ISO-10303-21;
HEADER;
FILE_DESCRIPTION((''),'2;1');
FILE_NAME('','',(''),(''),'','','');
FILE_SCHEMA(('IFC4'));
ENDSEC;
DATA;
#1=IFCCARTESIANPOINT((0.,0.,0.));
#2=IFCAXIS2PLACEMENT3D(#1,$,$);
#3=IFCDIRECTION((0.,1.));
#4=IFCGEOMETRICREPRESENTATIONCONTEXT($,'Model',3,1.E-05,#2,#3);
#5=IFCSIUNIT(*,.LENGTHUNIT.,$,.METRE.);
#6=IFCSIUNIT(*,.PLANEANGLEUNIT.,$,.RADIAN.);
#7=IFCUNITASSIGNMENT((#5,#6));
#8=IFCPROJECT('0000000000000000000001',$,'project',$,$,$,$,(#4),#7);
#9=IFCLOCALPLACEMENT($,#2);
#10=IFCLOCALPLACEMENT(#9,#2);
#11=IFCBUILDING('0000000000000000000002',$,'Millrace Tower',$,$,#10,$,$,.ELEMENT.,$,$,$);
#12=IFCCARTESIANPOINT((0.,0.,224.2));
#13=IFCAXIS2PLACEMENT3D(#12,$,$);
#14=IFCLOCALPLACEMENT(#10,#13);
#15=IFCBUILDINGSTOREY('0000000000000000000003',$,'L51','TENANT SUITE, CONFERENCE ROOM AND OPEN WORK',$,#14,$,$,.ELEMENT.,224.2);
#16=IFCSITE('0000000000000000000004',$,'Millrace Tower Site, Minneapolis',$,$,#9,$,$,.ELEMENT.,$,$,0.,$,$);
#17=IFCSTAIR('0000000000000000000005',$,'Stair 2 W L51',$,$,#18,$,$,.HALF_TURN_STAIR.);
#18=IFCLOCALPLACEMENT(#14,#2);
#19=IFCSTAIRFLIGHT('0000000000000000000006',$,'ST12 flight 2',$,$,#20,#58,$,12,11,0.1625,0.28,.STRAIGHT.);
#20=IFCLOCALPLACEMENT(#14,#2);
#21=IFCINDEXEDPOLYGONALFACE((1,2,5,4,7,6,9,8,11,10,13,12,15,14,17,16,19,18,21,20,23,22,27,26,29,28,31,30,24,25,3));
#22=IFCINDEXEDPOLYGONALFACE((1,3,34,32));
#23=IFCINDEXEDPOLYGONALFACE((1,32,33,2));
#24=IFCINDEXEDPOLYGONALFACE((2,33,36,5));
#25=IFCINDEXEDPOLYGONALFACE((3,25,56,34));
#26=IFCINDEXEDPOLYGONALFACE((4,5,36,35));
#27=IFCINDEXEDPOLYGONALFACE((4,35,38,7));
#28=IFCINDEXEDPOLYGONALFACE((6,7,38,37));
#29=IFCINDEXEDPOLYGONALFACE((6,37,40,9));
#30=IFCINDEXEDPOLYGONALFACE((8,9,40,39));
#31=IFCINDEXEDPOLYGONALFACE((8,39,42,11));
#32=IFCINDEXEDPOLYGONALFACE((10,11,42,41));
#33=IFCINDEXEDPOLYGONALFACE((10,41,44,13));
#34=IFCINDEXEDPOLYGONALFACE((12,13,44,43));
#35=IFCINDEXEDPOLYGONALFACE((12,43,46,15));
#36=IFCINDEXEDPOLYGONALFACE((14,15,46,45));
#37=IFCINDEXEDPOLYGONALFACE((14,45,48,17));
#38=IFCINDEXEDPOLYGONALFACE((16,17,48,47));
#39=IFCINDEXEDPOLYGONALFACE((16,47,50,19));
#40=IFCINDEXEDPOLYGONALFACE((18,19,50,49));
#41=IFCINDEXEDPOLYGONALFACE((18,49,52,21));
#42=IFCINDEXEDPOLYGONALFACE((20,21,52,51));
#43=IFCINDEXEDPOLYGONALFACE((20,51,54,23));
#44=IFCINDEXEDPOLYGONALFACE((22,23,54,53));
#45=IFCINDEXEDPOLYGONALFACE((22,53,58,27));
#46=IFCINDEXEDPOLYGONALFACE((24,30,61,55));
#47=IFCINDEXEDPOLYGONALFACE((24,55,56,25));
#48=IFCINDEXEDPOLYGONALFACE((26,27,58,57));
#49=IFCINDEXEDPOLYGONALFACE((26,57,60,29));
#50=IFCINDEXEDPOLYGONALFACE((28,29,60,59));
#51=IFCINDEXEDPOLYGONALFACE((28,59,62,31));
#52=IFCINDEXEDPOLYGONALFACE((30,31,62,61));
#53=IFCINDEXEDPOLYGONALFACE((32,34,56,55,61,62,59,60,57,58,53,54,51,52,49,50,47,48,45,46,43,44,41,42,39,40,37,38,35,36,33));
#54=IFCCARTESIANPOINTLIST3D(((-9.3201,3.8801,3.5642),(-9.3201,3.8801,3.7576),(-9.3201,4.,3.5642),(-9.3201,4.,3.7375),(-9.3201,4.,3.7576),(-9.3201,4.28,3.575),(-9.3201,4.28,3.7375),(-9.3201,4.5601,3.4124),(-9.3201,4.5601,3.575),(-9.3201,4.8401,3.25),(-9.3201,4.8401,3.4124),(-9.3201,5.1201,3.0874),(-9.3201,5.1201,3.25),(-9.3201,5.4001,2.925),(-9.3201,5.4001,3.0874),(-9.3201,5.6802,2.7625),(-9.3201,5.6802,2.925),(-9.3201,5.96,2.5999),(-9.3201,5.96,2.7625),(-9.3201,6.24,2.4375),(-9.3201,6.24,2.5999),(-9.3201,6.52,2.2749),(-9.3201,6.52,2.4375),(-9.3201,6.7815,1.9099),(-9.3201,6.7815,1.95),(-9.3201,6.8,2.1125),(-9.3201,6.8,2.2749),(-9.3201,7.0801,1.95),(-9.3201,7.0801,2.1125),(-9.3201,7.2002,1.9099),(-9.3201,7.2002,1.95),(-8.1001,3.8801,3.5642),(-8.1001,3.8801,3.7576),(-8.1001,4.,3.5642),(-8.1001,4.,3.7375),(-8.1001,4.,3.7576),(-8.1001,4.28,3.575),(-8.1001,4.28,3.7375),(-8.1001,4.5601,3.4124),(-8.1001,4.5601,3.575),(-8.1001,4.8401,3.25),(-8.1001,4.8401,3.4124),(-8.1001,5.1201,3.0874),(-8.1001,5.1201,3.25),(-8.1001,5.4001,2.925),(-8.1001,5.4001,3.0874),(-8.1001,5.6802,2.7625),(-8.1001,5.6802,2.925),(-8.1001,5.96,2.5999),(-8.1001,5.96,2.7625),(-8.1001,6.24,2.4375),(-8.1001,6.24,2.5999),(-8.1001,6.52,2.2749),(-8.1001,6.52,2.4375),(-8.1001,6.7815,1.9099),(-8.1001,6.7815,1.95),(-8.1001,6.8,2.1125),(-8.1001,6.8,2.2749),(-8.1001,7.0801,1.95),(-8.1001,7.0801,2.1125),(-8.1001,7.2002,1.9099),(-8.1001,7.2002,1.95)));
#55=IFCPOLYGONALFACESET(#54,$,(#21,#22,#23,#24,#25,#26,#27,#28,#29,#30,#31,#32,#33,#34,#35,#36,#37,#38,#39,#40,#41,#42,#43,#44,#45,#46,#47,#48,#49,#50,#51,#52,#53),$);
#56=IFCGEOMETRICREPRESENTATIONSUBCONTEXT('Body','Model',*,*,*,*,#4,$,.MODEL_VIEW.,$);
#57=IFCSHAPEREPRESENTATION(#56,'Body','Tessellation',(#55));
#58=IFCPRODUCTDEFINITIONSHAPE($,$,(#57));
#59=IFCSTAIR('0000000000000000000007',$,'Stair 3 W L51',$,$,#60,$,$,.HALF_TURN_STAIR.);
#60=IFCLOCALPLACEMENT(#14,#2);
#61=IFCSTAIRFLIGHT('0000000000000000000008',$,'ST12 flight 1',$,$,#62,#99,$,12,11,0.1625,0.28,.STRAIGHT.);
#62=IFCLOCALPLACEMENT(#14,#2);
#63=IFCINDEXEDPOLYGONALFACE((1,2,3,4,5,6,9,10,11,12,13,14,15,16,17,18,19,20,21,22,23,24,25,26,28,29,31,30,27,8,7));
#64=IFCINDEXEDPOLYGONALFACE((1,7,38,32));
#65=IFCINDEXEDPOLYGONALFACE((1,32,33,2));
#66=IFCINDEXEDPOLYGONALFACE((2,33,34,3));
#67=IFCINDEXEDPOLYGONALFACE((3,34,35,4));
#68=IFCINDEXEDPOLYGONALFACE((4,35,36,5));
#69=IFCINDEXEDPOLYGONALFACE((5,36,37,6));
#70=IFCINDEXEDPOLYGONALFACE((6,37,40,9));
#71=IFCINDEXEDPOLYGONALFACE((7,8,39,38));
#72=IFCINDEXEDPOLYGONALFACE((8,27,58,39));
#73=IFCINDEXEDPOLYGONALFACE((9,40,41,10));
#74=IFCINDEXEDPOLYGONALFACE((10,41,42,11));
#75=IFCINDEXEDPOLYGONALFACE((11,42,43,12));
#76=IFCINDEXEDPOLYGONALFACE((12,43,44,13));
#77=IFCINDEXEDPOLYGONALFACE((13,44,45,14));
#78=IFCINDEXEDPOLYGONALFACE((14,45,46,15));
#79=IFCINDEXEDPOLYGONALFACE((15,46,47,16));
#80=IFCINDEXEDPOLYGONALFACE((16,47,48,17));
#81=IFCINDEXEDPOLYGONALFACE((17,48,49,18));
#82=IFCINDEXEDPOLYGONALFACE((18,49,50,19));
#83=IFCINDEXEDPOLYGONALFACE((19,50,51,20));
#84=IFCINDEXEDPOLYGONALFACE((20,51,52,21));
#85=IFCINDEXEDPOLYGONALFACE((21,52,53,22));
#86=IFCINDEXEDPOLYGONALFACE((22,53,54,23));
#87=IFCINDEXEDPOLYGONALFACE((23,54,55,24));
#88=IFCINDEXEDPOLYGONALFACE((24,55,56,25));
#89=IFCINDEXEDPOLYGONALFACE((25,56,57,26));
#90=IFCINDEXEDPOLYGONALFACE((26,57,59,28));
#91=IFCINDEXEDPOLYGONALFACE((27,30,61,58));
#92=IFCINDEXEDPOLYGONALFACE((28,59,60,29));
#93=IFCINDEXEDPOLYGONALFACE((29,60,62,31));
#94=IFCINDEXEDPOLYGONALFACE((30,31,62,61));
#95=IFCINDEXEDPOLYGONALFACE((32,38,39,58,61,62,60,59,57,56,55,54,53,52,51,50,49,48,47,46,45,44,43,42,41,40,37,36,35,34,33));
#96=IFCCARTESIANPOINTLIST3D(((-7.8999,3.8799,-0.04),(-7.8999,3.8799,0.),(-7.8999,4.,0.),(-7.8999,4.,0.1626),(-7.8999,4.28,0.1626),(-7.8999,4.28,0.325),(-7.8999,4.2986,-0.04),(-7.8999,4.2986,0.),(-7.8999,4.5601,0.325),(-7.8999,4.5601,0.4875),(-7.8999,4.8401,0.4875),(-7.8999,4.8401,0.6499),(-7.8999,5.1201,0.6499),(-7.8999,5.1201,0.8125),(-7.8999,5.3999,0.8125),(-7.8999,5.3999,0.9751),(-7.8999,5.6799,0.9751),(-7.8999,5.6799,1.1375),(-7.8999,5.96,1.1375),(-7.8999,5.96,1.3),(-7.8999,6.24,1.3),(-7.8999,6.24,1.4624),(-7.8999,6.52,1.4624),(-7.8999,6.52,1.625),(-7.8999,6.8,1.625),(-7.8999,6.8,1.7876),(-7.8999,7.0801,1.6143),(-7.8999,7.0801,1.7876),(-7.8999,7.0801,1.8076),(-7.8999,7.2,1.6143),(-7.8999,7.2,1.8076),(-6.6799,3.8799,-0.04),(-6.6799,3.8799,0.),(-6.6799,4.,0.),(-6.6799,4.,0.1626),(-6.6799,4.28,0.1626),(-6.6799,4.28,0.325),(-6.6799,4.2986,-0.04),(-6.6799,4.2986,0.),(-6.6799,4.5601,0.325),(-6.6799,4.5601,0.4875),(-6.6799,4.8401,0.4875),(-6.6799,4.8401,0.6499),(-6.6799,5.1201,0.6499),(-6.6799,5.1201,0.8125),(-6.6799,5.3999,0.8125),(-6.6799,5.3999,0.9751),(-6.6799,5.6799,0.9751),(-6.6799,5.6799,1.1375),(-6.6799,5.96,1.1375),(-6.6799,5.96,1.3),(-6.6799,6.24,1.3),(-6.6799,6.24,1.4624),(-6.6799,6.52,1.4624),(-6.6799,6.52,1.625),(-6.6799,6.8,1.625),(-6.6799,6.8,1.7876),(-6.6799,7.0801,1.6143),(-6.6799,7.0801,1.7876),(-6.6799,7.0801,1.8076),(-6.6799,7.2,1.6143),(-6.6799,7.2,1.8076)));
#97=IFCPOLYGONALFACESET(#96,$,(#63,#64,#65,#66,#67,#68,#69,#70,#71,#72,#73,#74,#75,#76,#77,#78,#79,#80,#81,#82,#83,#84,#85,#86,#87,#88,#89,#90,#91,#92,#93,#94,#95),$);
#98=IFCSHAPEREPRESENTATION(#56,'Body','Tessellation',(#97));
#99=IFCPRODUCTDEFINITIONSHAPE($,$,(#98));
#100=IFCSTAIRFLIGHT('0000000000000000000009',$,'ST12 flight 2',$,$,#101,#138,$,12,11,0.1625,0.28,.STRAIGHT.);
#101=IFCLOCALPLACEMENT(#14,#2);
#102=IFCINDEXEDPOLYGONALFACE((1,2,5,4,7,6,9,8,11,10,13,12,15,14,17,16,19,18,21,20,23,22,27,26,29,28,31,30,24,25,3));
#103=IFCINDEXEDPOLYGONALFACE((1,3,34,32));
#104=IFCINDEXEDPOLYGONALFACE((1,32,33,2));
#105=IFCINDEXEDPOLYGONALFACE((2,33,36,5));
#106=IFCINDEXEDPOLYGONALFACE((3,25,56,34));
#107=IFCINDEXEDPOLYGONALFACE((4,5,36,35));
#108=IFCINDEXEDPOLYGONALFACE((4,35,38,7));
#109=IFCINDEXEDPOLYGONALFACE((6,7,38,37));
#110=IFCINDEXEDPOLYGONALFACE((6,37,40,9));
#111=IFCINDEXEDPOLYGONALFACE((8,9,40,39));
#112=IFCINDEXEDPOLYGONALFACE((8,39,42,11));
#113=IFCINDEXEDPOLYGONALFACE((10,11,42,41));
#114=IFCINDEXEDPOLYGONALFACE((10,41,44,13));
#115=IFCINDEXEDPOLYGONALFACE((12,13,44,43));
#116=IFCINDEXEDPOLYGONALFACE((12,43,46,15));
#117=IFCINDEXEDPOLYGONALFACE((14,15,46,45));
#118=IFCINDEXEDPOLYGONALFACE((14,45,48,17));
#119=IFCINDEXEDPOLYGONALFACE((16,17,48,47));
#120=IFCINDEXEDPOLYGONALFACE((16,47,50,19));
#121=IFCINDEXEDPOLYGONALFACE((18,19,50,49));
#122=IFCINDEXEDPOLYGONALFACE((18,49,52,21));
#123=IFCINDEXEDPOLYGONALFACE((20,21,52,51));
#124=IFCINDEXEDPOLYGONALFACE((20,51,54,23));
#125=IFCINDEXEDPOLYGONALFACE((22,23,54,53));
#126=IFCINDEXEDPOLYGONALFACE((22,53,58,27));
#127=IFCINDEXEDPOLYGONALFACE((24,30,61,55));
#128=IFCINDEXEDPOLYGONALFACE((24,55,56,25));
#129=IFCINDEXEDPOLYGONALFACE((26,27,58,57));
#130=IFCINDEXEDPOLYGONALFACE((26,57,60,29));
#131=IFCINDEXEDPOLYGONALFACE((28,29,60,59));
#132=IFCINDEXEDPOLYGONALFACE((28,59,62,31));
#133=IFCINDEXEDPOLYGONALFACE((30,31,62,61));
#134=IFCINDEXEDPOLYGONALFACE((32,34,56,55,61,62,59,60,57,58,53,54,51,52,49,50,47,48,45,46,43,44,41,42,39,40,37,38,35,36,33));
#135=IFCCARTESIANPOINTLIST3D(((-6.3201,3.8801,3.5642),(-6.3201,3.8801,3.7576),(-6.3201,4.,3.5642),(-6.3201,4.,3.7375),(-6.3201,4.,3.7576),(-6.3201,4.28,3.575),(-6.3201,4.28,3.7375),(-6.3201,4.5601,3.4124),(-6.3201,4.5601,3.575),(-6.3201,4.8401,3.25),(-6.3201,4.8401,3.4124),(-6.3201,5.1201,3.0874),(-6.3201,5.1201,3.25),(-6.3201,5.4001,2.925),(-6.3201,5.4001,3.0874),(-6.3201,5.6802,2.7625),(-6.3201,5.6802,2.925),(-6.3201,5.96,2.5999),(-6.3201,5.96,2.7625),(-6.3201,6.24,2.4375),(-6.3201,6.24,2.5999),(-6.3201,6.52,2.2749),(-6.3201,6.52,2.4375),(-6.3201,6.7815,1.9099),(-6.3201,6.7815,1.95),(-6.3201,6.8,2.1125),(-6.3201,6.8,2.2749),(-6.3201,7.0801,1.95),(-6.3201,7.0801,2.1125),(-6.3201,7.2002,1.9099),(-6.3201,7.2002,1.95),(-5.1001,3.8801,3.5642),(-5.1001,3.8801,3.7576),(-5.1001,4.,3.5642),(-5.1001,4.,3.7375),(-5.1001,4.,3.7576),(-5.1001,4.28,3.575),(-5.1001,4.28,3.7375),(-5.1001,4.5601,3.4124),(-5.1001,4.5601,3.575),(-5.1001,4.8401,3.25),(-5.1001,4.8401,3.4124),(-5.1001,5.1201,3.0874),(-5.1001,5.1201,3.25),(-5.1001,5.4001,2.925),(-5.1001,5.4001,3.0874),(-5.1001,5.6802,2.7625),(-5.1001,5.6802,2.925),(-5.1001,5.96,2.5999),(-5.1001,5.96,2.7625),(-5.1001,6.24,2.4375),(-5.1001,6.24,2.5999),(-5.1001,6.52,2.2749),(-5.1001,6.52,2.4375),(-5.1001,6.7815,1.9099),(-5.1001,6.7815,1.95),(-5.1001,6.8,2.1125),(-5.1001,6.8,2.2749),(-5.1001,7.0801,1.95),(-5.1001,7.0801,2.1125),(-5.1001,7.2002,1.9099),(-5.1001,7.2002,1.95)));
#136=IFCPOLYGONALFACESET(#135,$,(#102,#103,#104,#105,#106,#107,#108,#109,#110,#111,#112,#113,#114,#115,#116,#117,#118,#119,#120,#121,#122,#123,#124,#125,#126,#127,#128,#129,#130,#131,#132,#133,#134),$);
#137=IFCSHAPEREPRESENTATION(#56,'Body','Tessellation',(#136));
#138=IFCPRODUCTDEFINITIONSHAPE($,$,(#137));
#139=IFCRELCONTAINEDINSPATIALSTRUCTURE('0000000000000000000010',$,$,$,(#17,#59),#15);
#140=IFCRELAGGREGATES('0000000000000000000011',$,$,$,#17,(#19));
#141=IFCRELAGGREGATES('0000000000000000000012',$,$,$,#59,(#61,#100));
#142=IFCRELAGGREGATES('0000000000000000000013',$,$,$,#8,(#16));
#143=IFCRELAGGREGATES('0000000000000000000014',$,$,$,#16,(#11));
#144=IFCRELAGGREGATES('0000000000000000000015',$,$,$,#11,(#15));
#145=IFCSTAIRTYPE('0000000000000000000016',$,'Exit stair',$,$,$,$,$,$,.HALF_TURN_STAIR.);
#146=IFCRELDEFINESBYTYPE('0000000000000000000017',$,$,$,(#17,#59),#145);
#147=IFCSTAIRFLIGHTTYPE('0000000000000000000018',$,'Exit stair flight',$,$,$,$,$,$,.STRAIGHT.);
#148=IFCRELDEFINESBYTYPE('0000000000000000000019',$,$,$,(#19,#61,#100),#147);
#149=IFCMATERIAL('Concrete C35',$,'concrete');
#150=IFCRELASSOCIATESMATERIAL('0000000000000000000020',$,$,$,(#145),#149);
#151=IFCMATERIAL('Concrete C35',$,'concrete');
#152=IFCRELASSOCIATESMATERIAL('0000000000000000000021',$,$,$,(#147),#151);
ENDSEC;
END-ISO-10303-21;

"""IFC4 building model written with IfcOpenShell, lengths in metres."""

from ifc_helpers import new_model, si_unit, direction, frame, origin, place, context, subcontext, project, spatial, polyline, outline, extrude, material, type_object, element, aggregate, save


model = new_model("IFC4")

# Units and contexts
model_context = context("Model", 3, precision=1e-05, world=origin(), true_north=direction((0.0, 1.0)))
body_context = subcontext(model_context, "Body", "Model", "MODEL_VIEW")
ifc_project = project(units=[si_unit("LENGTHUNIT", "METRE"), si_unit("PLANEANGLEUNIT", "RADIAN")], contexts=[model_context])

# Site, building, storey
site_placement = place(None, origin())
site = spatial("IfcSite", under=ifc_project, at=site_placement, Name="Millrace Tower Site, Minneapolis", CompositionType="ELEMENT", RefElevation=0.0)
building_placement = place(site_placement, origin())
building = spatial("IfcBuilding", under=site, at=building_placement, Name="Millrace Tower", CompositionType="ELEMENT")
storey_placement = place(building_placement, frame((0.0, 0.0, 224.2)))
storey = spatial("IfcBuildingStorey", under=building, at=storey_placement, Name="L51", Description="TENANT SUITE, CONFERENCE ROOM AND OPEN WORK", CompositionType="ELEMENT", Elevation=224.2)

# Shared definitions
placement_1 = place(storey_placement, origin())

# Shared definitions
ifc_material_1 = material(Name="Concrete C35", Category="concrete")
stair_type = type_object("IfcStairType", Name="Exit stair", PredefinedType="HALF_TURN_STAIR", material=ifc_material_1)
ifc_material_2 = material(Name="Concrete C35", Category="concrete")
stair_flight_type = type_object("IfcStairFlightType", Name="Exit stair flight", PredefinedType="STRAIGHT", material=ifc_material_2)

# Stairs, stair flights
stair_1 = element("IfcStair", 1, at=placement_1, inside=storey, type_object=stair_type, Name="Stair 2 W L51", PredefinedType="HALF_TURN_STAIR")
stair_flight_1_placement = place(storey_placement, frame((-8.71, 7.0801, 1.95), z_axis=(0.0, 0.0, 1.0), x_axis=(0.0, -1.0, 0.0)))
stair_flight_1 = element("IfcStairFlight", 2, at=stair_flight_1_placement, type_object=stair_flight_type, Name="ST12 flight 2", NumberOfRisers=12, NumberOfTreads=11, PredefinedType="STRAIGHT", RiserHeight=0.1625, TreadLength=0.28, context=body_context, shape_type="SweptSolid", body=[
    extrude(outline(polyline([(-0.1201, -0.04), (-0.1201, 0.0), (0.0, 0.0), (0.0, 0.1626), (0.28, 0.1626), (0.28, 0.325), (0.5601, 0.325), (0.5601, 0.4875), (0.8401, 0.4875), (0.8401, 0.6499), (1.1201, 0.6499), (1.1201, 0.8125), (1.3999, 0.8125), (1.3999, 0.9751), (1.6799, 0.9751), (1.6799, 1.1375), (1.96, 1.1375), (1.96, 1.3), (2.24, 1.3), (2.24, 1.4624), (2.52, 1.4624), (2.52, 1.625), (2.8, 1.625), (2.8, 1.7876), (3.0801, 1.7876), (3.0801, 1.8076), (3.2, 1.8076), (3.2, 1.6143), (3.0801, 1.6143), (0.2986, 0.0), (0.2986, -0.04), (-0.1201, -0.04)])), frame((0.0, 0.6099, 0.0), z_axis=(0.0, -1.0, 0.0), x_axis=(1.0, 0.0, 0.0)), (0.0, 0.0, 1.0), 1.22),
])
aggregate(stair_1, [stair_flight_1])
stair_2 = element("IfcStair", 3, at=placement_1, inside=storey, type_object=stair_type, Name="Stair 3 W L51", PredefinedType="HALF_TURN_STAIR")
stair_flight_2_placement = place(storey_placement, frame((-7.29, 4.0, 0.0), z_axis=(0.0, 0.0, 1.0), x_axis=(0.0, 1.0, 0.0)))
stair_flight_2 = element("IfcStairFlight", 4, at=stair_flight_2_placement, type_object=stair_flight_type, Name="ST12 flight 1", NumberOfRisers=12, NumberOfTreads=11, PredefinedType="STRAIGHT", RiserHeight=0.1625, TreadLength=0.28, context=body_context, shape_type="SweptSolid", body=[
    extrude(outline(polyline([(-0.1201, -0.04), (-0.1201, 0.0), (0.0, 0.0), (0.0, 0.1626), (0.28, 0.1626), (0.28, 0.325), (0.5601, 0.325), (0.5601, 0.4875), (0.8401, 0.4875), (0.8401, 0.6499), (1.1201, 0.6499), (1.1201, 0.8125), (1.3999, 0.8125), (1.3999, 0.9751), (1.6799, 0.9751), (1.6799, 1.1375), (1.96, 1.1375), (1.96, 1.3), (2.24, 1.3), (2.24, 1.4624), (2.52, 1.4624), (2.52, 1.625), (2.8, 1.625), (2.8, 1.7876), (3.0801, 1.7876), (3.0801, 1.8076), (3.2, 1.8076), (3.2, 1.6143), (3.0801, 1.6143), (0.2986, 0.0), (0.2986, -0.04), (-0.1201, -0.04)])), frame((0.0, 0.6099, 0.0), z_axis=(0.0, -1.0, 0.0), x_axis=(1.0, 0.0, 0.0)), (0.0, 0.0, 1.0), 1.22),
])
stair_flight_3_placement = place(storey_placement, frame((-5.71, 7.0801, 1.95), z_axis=(0.0, 0.0, 1.0), x_axis=(0.0, -1.0, 0.0)))
stair_flight_3 = element("IfcStairFlight", 5, at=stair_flight_3_placement, type_object=stair_flight_type, Name="ST12 flight 2", NumberOfRisers=12, NumberOfTreads=11, PredefinedType="STRAIGHT", RiserHeight=0.1625, TreadLength=0.28, context=body_context, shape_type="SweptSolid", body=[
    extrude(outline(polyline([(-0.1201, -0.04), (-0.1201, 0.0), (0.0, 0.0), (0.0, 0.1626), (0.28, 0.1626), (0.28, 0.325), (0.5601, 0.325), (0.5601, 0.4875), (0.8401, 0.4875), (0.8401, 0.6499), (1.1201, 0.6499), (1.1201, 0.8125), (1.3999, 0.8125), (1.3999, 0.9751), (1.6799, 0.9751), (1.6799, 1.1375), (1.96, 1.1375), (1.96, 1.3), (2.24, 1.3), (2.24, 1.4624), (2.52, 1.4624), (2.52, 1.625), (2.8, 1.625), (2.8, 1.7876), (3.0801, 1.7876), (3.0801, 1.8076), (3.2, 1.8076), (3.2, 1.6143), (3.0801, 1.6143), (0.2986, 0.0), (0.2986, -0.04), (-0.1201, -0.04)])), frame((0.0, 0.6099, 0.0), z_axis=(0.0, -1.0, 0.0), x_axis=(1.0, 0.0, 0.0)), (0.0, 0.0, 1.0), 1.22),
])
aggregate(stair_2, [stair_flight_2, stair_flight_3])

save(model, "model.ifc")
